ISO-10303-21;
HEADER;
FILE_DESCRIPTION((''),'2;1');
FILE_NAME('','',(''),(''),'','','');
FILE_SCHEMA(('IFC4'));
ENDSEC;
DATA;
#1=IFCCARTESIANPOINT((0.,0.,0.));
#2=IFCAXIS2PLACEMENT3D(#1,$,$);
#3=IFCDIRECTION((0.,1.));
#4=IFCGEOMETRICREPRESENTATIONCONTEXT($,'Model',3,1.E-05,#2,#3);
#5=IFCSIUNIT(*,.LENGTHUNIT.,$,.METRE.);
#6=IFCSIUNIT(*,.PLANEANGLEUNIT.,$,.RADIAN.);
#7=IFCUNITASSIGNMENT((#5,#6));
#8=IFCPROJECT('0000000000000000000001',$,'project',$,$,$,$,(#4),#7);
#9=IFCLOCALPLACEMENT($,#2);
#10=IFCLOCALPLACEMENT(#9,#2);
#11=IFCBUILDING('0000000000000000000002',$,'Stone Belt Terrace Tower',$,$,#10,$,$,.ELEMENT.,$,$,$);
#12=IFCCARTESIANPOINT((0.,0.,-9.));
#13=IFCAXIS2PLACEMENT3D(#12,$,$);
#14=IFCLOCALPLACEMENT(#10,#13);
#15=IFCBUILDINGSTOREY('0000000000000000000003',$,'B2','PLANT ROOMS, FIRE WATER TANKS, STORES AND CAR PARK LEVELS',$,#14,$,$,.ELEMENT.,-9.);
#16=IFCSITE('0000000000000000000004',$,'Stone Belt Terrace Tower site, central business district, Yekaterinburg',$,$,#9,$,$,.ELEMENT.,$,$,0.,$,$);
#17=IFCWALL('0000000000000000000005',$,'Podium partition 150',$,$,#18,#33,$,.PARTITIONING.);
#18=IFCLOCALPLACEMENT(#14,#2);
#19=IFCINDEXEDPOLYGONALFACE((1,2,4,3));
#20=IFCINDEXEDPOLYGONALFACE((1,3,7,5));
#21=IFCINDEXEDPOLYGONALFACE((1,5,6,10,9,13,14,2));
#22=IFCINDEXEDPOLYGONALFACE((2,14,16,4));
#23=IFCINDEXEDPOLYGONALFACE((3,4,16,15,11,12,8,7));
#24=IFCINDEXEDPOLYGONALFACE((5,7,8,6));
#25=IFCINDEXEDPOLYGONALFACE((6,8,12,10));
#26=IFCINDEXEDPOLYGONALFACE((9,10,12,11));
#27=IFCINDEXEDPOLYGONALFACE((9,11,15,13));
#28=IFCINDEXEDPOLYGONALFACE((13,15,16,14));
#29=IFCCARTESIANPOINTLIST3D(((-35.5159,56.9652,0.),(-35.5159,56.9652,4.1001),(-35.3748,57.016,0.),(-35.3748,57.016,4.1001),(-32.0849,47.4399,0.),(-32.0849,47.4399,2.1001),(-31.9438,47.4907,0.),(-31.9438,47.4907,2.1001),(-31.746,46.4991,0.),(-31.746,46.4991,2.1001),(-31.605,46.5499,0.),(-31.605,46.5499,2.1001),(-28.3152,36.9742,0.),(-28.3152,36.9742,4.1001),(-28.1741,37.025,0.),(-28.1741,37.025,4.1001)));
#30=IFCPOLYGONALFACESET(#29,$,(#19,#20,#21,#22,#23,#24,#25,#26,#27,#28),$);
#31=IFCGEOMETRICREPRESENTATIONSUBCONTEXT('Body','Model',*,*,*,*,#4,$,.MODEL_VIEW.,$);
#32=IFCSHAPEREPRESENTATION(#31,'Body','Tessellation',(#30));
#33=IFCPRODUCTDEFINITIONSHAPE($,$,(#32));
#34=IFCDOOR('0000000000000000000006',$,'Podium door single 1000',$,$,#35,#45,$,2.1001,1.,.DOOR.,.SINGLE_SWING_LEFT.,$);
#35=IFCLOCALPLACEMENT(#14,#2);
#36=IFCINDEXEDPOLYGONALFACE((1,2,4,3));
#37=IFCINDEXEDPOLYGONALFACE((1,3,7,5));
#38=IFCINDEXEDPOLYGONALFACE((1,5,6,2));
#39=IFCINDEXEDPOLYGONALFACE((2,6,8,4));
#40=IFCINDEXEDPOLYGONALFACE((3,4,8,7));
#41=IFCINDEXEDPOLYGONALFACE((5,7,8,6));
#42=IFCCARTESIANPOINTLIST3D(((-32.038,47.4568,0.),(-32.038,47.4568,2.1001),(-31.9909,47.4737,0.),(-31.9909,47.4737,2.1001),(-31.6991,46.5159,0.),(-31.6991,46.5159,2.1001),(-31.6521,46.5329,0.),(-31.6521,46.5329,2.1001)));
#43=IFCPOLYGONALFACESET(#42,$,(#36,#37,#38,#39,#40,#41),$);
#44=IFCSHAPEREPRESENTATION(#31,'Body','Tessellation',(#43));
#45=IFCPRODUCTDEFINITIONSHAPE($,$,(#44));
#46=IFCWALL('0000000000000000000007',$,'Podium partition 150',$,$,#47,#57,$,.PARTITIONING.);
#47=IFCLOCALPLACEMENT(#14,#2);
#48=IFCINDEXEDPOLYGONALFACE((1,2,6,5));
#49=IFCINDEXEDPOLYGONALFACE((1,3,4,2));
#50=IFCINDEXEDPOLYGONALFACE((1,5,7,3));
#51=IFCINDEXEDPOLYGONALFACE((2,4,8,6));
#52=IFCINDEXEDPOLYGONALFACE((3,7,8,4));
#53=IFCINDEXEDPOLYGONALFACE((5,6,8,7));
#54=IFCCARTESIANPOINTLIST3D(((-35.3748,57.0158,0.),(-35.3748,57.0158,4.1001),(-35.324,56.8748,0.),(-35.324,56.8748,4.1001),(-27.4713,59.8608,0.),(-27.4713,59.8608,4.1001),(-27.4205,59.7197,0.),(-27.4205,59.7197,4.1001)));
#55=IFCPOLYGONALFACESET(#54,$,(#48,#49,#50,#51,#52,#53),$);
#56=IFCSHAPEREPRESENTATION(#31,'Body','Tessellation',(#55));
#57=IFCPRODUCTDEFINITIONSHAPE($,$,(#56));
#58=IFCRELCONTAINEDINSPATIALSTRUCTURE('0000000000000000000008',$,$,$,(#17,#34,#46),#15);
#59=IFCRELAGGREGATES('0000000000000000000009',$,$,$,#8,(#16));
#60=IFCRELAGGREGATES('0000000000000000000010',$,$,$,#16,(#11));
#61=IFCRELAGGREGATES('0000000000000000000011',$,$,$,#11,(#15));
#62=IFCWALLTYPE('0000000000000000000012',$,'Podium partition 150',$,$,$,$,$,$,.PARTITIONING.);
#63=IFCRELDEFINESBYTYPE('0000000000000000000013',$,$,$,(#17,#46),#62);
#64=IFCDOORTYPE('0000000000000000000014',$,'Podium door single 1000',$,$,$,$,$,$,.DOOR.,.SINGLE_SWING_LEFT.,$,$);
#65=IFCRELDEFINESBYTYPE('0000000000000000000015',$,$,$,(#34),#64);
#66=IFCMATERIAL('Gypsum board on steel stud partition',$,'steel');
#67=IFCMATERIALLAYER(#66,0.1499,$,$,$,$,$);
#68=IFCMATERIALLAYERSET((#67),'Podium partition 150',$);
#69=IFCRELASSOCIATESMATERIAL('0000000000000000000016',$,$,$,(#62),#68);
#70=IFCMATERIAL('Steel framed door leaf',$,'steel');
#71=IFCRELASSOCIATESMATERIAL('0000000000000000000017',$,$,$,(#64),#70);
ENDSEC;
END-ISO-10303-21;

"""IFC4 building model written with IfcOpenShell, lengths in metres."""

from ifc_helpers import new_model, si_unit, direction, frame, frame_2d, origin, place, context, subcontext, project, spatial, rectangle, extrude, material, layer, layer_set, type_object, element, fill, save


model = new_model("IFC4")

# Units and contexts
model_context = context("Model", 3, precision=1e-05, world=origin(), true_north=direction((0.0, 1.0)))
body_context = subcontext(model_context, "Body", "Model", "MODEL_VIEW")
ifc_project = project(units=[si_unit("LENGTHUNIT", "METRE"), si_unit("PLANEANGLEUNIT", "RADIAN")], contexts=[model_context])

# Site, building, storey
site_placement = place(None, origin())
site = spatial("IfcSite", under=ifc_project, at=site_placement, Name="Stone Belt Terrace Tower site, central business district, Yekaterinburg", CompositionType="ELEMENT", RefElevation=0.0)
building_placement = place(site_placement, origin())
building = spatial("IfcBuilding", under=site, at=building_placement, Name="Stone Belt Terrace Tower", CompositionType="ELEMENT")
storey_placement = place(building_placement, frame((0.0, 0.0, -9.0)))
storey = spatial("IfcBuildingStorey", under=building, at=storey_placement, Name="B2", Description="PLANT ROOMS, FIRE WATER TANKS, STORES AND CAR PARK LEVELS", CompositionType="ELEMENT", Elevation=-9.0)

# Shared definitions
ifc_material_1 = material(Name="Gypsum board on steel stud partition", Category="steel")
ifc_layer_1 = layer(ifc_material_1, 0.1499)
ifc_layer_set_1 = layer_set([ifc_layer_1], Name="Podium partition 150")
wall_type_1 = type_object("IfcWallType", Name="Podium partition 150", PredefinedType="PARTITIONING", material=ifc_layer_set_1)

# Wall, opening, door
wall_1_placement = place(storey_placement, frame((-35.4453, 56.9905, 0.0), z_axis=(0.0, 0.0, 1.0), x_axis=(0.338883, -0.940828, 0.0)))
wall_1 = element("IfcWall", 1, at=wall_1_placement, inside=storey, type_object=wall_type_1, Name="Podium partition 150", PredefinedType="PARTITIONING", context=body_context, shape_type="SweptSolid", body=[
    extrude(rectangle(XDim=21.2483, YDim=0.1499, at=frame_2d((10.624, 0.0))), origin(), (0.0, 0.0, 1.0), 4.1001),
])
opening_placement = place(wall_1_placement, frame((10.1243, 0.0, 0.0)))
opening = element("IfcOpeningElement", 2, at=opening_placement, cuts=wall_1, PredefinedType="OPENING", context=body_context, shape_type="SweptSolid", body=[
    extrude(rectangle(XDim=1.0, YDim=2.1001, at=frame_2d((0.5, 1.05))), frame((0.0, 0.085, 0.0), z_axis=(0.0, -1.0, 0.0), x_axis=(1.0, 0.0, 0.0)), (0.0, 0.0, 1.0), 0.1699),
])
ifc_material_2 = material(Name="Steel framed door leaf", Category="steel")
door_type = type_object("IfcDoorType", Name="Podium door single 1000", OperationType="SINGLE_SWING_LEFT", PredefinedType="DOOR", material=ifc_material_2)
door_placement = place(opening_placement, origin())
door = element("IfcDoor", 3, at=door_placement, inside=storey, type_object=door_type, Name="Podium door single 1000", OperationType="SINGLE_SWING_LEFT", OverallHeight=2.1001, OverallWidth=1.0, PredefinedType="DOOR", context=body_context, shape_type="SweptSolid", body=[
    extrude(rectangle(XDim=1.0, YDim=2.1001, at=frame_2d((0.5, 1.05))), frame((0.0, 0.0249, 0.0), z_axis=(0.0, -1.0, 0.0), x_axis=(1.0, 0.0, 0.0)), (0.0, 0.0, 1.0), 0.05),
])
fill(opening, door)

# Wall
wall_2_placement = place(storey_placement, frame((-35.3494, 56.9453, 0.0), z_axis=(0.0, 0.0, 1.0), x_axis=(0.940899, 0.338687, 0.0)))
element("IfcWall", 4, at=wall_2_placement, inside=storey, type_object=wall_type_1, Name="Podium partition 150", PredefinedType="PARTITIONING", context=body_context, shape_type="SweptSolid", body=[
    extrude(rectangle(XDim=8.3999, YDim=0.1499, at=frame_2d((4.2, 0.0))), origin(), (0.0, 0.0, 1.0), 4.1001),
])

save(model, "model.ifc")
